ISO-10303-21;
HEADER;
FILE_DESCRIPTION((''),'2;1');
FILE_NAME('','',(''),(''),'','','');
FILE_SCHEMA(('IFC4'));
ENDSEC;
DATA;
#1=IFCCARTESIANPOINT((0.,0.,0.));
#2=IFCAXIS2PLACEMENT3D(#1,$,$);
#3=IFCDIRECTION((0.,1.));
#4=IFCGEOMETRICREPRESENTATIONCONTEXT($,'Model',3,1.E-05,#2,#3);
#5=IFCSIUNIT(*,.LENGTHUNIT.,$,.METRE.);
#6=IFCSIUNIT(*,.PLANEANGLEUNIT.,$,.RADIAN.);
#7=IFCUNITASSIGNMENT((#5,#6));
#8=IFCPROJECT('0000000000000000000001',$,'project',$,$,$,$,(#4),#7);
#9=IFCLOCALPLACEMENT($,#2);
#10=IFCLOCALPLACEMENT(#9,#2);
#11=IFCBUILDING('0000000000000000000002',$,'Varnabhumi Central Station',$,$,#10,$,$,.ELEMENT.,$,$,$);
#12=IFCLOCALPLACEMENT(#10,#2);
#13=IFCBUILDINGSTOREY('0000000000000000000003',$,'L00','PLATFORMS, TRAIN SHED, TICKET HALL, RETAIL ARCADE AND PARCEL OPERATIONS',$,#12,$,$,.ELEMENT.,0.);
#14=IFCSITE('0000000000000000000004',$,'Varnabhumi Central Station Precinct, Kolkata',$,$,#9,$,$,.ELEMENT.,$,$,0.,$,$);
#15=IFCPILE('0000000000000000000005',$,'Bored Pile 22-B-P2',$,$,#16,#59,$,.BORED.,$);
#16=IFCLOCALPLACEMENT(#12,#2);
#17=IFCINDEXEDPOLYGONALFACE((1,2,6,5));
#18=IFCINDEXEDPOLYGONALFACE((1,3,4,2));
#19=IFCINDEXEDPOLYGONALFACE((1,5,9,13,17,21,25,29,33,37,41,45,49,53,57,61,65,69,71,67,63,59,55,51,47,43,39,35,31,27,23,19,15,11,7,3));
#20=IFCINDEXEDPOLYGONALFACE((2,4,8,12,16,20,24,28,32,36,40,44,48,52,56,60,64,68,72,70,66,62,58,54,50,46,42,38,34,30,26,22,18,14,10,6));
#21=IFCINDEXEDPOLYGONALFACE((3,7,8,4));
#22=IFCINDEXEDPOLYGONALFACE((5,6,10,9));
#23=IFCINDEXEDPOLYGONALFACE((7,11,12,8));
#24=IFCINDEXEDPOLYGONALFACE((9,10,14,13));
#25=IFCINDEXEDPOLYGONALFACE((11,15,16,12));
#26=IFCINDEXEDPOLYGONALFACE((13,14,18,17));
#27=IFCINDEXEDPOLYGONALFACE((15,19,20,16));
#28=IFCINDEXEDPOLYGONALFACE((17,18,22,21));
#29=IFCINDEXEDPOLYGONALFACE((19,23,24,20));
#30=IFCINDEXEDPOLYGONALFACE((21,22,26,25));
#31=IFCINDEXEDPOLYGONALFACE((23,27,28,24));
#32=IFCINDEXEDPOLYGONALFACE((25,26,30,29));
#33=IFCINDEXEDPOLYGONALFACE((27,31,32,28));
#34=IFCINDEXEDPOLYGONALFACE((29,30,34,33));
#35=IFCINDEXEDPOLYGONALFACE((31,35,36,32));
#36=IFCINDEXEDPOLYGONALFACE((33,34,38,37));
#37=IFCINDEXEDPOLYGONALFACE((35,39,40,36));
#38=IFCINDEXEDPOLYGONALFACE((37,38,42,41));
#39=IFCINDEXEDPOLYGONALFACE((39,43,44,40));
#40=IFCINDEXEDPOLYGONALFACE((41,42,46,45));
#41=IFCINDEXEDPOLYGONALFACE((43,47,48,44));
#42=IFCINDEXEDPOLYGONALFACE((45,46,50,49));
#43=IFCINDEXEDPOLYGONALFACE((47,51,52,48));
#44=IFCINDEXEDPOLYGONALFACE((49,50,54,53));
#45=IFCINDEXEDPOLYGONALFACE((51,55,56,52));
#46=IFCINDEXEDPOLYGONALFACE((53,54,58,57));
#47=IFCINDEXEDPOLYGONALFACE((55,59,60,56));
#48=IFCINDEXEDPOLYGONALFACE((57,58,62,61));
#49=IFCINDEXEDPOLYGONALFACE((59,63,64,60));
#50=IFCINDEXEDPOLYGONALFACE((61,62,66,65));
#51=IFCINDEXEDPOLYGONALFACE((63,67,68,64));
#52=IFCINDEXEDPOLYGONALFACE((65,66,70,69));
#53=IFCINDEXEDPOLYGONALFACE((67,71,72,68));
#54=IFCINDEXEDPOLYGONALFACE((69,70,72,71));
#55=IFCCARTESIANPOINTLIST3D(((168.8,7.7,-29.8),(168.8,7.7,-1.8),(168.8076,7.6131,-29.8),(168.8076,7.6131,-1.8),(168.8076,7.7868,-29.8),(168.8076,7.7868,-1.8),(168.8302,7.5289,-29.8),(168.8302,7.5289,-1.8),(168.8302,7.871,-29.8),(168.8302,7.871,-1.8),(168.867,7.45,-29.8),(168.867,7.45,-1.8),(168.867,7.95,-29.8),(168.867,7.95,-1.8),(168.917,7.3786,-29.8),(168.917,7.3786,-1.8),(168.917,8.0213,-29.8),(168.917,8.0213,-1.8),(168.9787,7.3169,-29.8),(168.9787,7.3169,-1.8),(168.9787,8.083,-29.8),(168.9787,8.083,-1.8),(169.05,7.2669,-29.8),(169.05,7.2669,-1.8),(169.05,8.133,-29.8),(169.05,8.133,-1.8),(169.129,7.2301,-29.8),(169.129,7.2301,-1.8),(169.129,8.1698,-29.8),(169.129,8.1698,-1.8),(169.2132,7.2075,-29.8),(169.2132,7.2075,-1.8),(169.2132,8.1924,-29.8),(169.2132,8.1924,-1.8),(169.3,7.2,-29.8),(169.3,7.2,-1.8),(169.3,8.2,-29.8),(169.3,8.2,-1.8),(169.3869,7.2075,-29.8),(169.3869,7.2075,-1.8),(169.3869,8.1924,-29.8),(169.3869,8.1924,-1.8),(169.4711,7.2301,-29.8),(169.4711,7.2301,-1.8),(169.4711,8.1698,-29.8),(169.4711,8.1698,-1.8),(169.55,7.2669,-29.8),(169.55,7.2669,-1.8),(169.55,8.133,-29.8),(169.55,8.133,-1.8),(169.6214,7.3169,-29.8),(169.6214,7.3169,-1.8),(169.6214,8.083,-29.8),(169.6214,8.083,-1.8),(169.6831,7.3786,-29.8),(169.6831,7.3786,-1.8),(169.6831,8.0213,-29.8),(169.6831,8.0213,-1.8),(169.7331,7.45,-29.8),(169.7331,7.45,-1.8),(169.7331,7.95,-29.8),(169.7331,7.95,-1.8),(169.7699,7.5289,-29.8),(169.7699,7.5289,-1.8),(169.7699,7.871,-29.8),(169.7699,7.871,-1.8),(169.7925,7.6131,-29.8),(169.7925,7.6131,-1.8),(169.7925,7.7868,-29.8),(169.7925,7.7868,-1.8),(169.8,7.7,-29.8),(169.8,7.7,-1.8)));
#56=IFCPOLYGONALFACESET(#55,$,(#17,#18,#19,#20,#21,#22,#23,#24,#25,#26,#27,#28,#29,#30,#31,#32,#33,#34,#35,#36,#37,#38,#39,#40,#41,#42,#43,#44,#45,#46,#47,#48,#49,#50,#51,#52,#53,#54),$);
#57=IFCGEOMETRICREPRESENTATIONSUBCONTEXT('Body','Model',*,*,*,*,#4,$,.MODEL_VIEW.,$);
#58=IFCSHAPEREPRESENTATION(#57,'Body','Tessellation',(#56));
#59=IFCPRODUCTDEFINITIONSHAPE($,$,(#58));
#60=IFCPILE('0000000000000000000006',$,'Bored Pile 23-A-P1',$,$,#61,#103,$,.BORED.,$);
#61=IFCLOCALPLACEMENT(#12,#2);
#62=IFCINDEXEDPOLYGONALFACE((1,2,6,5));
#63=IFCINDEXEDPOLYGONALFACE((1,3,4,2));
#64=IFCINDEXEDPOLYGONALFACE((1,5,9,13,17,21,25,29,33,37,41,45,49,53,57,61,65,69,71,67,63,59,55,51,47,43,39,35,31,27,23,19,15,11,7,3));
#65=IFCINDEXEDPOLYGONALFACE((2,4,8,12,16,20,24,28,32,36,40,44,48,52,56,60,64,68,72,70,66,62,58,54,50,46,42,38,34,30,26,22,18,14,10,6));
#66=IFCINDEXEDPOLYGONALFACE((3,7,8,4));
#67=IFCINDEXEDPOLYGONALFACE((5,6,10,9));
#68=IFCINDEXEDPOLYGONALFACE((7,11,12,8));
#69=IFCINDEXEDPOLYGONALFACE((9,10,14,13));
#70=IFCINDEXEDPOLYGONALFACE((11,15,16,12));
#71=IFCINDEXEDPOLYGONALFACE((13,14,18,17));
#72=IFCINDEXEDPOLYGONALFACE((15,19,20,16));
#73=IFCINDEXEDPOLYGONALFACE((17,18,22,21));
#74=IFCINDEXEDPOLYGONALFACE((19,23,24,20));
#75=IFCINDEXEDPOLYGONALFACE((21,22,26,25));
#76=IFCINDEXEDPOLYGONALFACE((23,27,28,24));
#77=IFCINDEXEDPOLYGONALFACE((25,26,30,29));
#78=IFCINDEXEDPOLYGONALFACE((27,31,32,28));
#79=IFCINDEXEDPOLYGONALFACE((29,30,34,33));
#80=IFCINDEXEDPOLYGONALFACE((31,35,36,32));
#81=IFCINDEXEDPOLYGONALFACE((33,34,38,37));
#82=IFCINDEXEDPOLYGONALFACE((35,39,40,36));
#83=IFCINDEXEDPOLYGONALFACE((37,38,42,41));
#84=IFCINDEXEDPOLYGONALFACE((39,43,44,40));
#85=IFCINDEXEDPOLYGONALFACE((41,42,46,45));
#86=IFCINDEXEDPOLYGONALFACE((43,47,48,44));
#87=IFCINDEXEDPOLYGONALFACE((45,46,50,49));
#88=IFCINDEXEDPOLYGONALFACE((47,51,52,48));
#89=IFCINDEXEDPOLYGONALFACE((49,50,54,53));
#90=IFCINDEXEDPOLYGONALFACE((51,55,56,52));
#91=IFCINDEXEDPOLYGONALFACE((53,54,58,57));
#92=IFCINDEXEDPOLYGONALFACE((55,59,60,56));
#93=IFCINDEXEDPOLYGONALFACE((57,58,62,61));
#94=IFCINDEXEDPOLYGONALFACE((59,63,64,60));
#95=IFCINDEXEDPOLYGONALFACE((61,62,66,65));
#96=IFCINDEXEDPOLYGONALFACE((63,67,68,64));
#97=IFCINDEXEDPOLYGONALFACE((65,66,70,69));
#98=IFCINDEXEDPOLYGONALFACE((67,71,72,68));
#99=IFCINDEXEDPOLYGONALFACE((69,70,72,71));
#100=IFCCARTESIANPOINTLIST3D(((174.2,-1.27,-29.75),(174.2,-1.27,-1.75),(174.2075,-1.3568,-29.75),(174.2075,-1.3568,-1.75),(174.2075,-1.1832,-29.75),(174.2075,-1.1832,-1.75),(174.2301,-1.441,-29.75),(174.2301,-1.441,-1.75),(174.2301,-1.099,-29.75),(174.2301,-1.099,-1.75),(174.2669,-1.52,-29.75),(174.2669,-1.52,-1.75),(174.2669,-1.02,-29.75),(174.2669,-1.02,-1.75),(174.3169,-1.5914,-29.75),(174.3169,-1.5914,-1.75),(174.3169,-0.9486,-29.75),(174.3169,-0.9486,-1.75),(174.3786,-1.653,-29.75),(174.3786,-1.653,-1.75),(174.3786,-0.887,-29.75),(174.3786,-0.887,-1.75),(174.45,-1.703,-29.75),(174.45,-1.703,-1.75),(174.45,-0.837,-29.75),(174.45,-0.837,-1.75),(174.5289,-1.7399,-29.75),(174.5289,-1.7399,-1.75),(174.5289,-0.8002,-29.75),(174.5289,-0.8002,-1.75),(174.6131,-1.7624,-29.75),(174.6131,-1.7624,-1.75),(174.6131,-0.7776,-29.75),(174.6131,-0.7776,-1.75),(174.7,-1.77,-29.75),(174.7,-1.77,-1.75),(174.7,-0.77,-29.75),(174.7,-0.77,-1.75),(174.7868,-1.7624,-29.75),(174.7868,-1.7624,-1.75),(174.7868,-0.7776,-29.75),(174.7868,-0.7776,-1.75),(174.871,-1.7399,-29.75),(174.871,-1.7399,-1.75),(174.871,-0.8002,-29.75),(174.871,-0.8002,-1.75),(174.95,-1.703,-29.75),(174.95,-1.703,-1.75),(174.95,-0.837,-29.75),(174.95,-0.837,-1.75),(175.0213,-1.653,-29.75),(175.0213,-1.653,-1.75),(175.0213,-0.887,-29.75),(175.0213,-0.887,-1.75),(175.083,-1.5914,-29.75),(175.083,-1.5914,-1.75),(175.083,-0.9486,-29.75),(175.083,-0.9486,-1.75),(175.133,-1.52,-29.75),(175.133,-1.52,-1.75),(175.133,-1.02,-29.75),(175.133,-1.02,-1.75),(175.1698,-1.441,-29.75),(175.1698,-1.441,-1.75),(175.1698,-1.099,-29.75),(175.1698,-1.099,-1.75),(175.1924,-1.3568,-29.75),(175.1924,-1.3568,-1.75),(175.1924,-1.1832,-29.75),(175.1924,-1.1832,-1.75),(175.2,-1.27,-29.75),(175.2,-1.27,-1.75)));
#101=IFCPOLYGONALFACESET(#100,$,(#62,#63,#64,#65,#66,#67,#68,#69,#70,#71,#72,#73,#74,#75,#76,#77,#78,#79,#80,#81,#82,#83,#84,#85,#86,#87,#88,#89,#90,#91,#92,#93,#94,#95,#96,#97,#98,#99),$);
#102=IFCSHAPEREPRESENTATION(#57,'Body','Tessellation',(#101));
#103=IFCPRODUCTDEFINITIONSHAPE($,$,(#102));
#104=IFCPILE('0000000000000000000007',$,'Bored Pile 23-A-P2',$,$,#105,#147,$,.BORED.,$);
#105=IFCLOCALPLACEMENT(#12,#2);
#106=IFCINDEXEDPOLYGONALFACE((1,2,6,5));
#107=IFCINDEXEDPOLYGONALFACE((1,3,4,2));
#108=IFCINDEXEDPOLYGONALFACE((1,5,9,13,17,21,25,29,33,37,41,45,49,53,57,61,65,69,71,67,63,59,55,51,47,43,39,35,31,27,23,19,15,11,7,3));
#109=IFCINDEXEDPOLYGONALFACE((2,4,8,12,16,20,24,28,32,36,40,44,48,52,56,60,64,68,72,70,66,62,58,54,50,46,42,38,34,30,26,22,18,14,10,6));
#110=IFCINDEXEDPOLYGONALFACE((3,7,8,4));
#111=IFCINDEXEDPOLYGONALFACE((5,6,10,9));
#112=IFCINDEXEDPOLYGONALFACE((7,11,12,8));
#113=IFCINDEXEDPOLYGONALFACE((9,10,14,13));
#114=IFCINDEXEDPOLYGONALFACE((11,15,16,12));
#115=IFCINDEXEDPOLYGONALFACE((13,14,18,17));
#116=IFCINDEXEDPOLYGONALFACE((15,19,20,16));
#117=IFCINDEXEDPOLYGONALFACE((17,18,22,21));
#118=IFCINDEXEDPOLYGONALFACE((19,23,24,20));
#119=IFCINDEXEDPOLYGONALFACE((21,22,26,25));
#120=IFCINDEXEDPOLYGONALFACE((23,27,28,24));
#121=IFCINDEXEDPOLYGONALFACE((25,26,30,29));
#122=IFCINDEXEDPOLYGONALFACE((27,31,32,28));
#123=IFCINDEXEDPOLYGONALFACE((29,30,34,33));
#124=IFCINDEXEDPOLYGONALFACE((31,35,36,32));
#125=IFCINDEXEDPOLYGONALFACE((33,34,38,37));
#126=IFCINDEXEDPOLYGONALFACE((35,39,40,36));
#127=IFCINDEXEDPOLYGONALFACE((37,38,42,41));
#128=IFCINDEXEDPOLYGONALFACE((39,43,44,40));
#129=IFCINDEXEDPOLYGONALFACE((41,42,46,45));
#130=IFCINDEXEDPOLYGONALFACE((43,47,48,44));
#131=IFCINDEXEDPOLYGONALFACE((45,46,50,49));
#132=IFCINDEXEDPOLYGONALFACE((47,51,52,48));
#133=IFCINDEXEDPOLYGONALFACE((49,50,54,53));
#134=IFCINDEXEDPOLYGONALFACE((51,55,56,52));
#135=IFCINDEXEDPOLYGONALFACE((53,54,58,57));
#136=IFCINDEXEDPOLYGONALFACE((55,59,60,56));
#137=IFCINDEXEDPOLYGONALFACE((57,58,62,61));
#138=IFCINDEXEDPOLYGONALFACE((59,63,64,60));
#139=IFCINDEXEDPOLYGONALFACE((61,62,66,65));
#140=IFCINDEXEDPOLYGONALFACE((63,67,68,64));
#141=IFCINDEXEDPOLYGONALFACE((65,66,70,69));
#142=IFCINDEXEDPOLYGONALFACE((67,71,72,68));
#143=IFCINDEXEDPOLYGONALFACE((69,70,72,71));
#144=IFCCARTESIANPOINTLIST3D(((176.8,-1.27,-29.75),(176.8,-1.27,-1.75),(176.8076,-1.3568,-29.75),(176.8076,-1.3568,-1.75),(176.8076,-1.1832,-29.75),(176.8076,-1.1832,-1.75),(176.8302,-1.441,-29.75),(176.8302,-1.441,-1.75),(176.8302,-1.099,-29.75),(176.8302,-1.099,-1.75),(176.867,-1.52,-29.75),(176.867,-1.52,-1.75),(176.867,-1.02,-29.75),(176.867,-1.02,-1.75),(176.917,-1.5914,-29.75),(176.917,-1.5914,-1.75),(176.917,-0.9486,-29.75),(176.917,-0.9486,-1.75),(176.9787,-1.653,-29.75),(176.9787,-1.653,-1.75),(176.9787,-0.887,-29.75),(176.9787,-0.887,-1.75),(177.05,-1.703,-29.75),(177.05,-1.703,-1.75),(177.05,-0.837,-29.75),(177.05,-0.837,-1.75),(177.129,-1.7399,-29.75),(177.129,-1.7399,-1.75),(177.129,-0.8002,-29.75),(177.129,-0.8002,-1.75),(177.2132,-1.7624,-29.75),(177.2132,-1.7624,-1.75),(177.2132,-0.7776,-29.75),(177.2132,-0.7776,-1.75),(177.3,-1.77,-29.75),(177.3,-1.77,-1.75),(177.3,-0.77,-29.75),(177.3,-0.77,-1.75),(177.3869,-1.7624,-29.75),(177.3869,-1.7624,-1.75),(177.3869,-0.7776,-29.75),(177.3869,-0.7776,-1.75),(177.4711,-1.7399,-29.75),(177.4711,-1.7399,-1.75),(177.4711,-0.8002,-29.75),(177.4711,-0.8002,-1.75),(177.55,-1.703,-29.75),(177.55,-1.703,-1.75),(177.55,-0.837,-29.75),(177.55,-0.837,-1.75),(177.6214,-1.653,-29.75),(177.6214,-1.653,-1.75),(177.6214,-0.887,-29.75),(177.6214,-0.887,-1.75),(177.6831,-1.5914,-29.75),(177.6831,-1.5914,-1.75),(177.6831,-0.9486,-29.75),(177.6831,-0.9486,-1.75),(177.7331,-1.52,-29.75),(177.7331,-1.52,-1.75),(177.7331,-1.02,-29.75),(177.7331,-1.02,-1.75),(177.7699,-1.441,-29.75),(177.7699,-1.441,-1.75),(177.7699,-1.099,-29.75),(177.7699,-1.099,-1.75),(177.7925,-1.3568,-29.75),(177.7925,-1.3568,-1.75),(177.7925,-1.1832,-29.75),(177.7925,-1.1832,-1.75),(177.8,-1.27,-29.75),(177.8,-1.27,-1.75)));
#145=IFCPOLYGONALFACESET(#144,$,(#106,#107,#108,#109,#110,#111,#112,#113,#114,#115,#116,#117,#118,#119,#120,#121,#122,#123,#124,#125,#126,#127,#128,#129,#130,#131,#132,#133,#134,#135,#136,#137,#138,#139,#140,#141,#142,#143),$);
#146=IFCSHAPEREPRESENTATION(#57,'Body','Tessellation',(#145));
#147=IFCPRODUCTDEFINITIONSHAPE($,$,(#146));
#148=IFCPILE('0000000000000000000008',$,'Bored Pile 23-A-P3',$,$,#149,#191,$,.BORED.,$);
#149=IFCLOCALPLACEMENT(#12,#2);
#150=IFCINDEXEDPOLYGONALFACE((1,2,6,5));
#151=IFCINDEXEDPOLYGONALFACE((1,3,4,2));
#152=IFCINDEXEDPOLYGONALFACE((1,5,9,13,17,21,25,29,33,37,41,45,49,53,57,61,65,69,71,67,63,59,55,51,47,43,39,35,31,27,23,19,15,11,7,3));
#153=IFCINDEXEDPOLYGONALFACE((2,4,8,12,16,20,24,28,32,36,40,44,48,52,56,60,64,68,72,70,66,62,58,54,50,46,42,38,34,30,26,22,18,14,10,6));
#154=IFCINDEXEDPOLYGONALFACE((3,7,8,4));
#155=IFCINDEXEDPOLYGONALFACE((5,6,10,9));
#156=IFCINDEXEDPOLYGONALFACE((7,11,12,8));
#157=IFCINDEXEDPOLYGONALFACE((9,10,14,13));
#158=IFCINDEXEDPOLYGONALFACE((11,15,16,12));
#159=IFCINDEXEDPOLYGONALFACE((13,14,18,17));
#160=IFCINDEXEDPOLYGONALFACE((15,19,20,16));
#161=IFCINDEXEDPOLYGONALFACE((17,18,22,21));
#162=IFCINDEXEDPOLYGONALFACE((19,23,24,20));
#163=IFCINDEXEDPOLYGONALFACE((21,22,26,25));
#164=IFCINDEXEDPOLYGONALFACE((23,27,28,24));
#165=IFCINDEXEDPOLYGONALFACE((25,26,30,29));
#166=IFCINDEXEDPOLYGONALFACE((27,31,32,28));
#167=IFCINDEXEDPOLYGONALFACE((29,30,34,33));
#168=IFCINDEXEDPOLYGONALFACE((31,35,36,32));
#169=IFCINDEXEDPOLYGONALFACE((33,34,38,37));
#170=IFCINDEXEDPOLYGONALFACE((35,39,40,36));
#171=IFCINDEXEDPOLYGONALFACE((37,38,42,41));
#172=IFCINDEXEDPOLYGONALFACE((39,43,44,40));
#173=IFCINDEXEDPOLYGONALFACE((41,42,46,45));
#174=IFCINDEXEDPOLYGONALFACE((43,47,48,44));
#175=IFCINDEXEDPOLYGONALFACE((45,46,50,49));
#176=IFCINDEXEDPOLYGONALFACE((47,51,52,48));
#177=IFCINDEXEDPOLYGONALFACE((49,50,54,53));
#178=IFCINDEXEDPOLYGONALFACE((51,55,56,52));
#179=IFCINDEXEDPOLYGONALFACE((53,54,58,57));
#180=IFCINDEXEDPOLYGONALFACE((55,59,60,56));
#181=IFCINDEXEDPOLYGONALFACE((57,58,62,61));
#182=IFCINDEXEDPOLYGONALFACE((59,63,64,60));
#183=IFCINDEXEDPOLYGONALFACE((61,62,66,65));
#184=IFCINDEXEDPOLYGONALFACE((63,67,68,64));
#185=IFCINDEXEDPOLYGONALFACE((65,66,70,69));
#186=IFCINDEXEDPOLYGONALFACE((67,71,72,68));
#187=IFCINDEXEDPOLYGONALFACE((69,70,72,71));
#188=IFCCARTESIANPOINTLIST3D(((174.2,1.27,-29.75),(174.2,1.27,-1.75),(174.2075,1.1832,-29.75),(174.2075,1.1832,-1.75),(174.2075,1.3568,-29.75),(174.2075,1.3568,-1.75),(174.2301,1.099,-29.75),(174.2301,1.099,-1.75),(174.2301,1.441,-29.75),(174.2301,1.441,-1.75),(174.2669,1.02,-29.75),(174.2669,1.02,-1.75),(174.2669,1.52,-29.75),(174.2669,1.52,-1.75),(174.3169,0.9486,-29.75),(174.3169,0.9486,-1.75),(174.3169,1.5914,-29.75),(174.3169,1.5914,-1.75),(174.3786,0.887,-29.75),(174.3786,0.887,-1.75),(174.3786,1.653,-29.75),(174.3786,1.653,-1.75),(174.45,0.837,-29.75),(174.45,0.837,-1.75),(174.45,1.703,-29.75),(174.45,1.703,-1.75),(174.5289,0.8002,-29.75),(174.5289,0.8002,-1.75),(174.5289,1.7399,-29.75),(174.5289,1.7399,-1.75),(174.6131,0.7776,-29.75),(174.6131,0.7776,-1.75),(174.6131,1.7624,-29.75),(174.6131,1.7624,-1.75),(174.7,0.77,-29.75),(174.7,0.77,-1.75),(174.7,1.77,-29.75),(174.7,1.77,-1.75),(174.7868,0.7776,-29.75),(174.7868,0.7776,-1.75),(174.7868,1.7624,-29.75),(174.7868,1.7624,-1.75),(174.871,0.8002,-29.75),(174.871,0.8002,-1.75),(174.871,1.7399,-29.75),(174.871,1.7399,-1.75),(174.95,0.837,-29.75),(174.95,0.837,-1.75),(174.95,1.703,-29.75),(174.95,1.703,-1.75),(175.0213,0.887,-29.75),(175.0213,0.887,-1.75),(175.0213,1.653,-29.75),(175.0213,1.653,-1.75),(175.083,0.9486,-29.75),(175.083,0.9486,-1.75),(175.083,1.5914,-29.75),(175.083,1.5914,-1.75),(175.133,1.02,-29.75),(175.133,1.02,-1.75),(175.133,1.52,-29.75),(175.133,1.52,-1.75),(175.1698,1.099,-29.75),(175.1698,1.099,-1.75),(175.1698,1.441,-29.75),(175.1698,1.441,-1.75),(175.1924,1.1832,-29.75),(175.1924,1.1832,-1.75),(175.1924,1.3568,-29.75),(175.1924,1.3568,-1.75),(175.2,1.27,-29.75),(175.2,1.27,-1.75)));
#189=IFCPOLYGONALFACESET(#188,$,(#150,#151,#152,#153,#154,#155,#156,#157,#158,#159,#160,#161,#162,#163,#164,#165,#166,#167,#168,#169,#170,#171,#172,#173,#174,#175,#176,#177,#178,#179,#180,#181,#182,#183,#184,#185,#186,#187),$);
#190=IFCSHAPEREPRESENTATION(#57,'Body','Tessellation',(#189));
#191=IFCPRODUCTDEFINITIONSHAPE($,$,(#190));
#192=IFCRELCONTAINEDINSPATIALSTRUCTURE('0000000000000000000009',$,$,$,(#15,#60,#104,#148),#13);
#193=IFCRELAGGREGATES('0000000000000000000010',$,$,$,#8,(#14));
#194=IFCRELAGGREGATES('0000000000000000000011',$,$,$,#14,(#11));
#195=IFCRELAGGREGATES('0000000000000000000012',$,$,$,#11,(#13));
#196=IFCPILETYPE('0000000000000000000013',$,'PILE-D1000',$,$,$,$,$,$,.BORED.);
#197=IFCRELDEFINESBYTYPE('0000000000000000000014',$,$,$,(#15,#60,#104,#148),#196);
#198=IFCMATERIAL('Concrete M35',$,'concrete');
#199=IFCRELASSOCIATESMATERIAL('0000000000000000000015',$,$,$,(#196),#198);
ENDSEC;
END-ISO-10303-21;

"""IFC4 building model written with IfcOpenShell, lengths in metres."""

from ifc_helpers import new_model, si_unit, direction, frame, origin, origin_2d, place, context, subcontext, project, spatial, circle, extrude, material, material_profile, profile_set, type_object, element, save


model = new_model("IFC4")

# Units and contexts
model_context = context("Model", 3, precision=1e-05, world=origin(), true_north=direction((0.0, 1.0)))
body_context = subcontext(model_context, "Body", "Model", "MODEL_VIEW")
ifc_project = project(units=[si_unit("LENGTHUNIT", "METRE"), si_unit("PLANEANGLEUNIT", "RADIAN")], contexts=[model_context])

# Site, building, storey
site_placement = place(None, origin())
site = spatial("IfcSite", under=ifc_project, at=site_placement, Name="Varnabhumi Central Station Precinct, Kolkata", CompositionType="ELEMENT", RefElevation=0.0)
building_placement = place(site_placement, origin())
building = spatial("IfcBuilding", under=site, at=building_placement, Name="Varnabhumi Central Station", CompositionType="ELEMENT")
storey_placement = place(building_placement, origin())
storey = spatial("IfcBuildingStorey", under=building, at=storey_placement, Name="L00", Description="PLATFORMS, TRAIN SHED, TICKET HALL, RETAIL ARCADE AND PARCEL OPERATIONS", CompositionType="ELEMENT", Elevation=0.0)

# Piles
ifc_material_1 = material(Name="Concrete M35", Category="concrete")
ifc_material_profile_1 = material_profile(ifc_material_1, circle(Radius=0.5, at=origin_2d()), Name="Concrete M35", Category="concrete")
ifc_profile_set_1 = profile_set([ifc_material_profile_1], Name="Concrete M35")
pile_type = type_object("IfcPileType", Name="PILE-D1000", PredefinedType="BORED", material=ifc_profile_set_1)
for number, where, z_axis, x_axis, name in (
    (1, (169.3, 7.7, -1.8), (0.0, 0.0, -1.0), (1.0, 0.0, 0.0), "Bored Pile 22-B-P2"),
    (2, (174.7, -1.27, -1.75), (0.0, 0.0, -1.0), (1.0, 0.0, 0.0), "Bored Pile 23-A-P1"),
    (3, (177.3, -1.27, -1.75), (0.0, 0.0, -1.0), (1.0, 0.0, 0.0), "Bored Pile 23-A-P2"),
    (4, (174.7, 1.27, -1.75), (0.0, 0.0, -1.0), (1.0, 0.0, 0.0), "Bored Pile 23-A-P3"),
):
    element("IfcPile", number, at=place(storey_placement, frame(where, z_axis=z_axis, x_axis=x_axis)), inside=storey, type_object=pile_type, Name=name, PredefinedType="BORED", context=body_context, shape_type="SweptSolid", body=[
        extrude(circle(Radius=0.5, at=origin_2d()), origin(), (0.0, 0.0, 1.0), 28.0),
    ])

save(model, "model.ifc")
